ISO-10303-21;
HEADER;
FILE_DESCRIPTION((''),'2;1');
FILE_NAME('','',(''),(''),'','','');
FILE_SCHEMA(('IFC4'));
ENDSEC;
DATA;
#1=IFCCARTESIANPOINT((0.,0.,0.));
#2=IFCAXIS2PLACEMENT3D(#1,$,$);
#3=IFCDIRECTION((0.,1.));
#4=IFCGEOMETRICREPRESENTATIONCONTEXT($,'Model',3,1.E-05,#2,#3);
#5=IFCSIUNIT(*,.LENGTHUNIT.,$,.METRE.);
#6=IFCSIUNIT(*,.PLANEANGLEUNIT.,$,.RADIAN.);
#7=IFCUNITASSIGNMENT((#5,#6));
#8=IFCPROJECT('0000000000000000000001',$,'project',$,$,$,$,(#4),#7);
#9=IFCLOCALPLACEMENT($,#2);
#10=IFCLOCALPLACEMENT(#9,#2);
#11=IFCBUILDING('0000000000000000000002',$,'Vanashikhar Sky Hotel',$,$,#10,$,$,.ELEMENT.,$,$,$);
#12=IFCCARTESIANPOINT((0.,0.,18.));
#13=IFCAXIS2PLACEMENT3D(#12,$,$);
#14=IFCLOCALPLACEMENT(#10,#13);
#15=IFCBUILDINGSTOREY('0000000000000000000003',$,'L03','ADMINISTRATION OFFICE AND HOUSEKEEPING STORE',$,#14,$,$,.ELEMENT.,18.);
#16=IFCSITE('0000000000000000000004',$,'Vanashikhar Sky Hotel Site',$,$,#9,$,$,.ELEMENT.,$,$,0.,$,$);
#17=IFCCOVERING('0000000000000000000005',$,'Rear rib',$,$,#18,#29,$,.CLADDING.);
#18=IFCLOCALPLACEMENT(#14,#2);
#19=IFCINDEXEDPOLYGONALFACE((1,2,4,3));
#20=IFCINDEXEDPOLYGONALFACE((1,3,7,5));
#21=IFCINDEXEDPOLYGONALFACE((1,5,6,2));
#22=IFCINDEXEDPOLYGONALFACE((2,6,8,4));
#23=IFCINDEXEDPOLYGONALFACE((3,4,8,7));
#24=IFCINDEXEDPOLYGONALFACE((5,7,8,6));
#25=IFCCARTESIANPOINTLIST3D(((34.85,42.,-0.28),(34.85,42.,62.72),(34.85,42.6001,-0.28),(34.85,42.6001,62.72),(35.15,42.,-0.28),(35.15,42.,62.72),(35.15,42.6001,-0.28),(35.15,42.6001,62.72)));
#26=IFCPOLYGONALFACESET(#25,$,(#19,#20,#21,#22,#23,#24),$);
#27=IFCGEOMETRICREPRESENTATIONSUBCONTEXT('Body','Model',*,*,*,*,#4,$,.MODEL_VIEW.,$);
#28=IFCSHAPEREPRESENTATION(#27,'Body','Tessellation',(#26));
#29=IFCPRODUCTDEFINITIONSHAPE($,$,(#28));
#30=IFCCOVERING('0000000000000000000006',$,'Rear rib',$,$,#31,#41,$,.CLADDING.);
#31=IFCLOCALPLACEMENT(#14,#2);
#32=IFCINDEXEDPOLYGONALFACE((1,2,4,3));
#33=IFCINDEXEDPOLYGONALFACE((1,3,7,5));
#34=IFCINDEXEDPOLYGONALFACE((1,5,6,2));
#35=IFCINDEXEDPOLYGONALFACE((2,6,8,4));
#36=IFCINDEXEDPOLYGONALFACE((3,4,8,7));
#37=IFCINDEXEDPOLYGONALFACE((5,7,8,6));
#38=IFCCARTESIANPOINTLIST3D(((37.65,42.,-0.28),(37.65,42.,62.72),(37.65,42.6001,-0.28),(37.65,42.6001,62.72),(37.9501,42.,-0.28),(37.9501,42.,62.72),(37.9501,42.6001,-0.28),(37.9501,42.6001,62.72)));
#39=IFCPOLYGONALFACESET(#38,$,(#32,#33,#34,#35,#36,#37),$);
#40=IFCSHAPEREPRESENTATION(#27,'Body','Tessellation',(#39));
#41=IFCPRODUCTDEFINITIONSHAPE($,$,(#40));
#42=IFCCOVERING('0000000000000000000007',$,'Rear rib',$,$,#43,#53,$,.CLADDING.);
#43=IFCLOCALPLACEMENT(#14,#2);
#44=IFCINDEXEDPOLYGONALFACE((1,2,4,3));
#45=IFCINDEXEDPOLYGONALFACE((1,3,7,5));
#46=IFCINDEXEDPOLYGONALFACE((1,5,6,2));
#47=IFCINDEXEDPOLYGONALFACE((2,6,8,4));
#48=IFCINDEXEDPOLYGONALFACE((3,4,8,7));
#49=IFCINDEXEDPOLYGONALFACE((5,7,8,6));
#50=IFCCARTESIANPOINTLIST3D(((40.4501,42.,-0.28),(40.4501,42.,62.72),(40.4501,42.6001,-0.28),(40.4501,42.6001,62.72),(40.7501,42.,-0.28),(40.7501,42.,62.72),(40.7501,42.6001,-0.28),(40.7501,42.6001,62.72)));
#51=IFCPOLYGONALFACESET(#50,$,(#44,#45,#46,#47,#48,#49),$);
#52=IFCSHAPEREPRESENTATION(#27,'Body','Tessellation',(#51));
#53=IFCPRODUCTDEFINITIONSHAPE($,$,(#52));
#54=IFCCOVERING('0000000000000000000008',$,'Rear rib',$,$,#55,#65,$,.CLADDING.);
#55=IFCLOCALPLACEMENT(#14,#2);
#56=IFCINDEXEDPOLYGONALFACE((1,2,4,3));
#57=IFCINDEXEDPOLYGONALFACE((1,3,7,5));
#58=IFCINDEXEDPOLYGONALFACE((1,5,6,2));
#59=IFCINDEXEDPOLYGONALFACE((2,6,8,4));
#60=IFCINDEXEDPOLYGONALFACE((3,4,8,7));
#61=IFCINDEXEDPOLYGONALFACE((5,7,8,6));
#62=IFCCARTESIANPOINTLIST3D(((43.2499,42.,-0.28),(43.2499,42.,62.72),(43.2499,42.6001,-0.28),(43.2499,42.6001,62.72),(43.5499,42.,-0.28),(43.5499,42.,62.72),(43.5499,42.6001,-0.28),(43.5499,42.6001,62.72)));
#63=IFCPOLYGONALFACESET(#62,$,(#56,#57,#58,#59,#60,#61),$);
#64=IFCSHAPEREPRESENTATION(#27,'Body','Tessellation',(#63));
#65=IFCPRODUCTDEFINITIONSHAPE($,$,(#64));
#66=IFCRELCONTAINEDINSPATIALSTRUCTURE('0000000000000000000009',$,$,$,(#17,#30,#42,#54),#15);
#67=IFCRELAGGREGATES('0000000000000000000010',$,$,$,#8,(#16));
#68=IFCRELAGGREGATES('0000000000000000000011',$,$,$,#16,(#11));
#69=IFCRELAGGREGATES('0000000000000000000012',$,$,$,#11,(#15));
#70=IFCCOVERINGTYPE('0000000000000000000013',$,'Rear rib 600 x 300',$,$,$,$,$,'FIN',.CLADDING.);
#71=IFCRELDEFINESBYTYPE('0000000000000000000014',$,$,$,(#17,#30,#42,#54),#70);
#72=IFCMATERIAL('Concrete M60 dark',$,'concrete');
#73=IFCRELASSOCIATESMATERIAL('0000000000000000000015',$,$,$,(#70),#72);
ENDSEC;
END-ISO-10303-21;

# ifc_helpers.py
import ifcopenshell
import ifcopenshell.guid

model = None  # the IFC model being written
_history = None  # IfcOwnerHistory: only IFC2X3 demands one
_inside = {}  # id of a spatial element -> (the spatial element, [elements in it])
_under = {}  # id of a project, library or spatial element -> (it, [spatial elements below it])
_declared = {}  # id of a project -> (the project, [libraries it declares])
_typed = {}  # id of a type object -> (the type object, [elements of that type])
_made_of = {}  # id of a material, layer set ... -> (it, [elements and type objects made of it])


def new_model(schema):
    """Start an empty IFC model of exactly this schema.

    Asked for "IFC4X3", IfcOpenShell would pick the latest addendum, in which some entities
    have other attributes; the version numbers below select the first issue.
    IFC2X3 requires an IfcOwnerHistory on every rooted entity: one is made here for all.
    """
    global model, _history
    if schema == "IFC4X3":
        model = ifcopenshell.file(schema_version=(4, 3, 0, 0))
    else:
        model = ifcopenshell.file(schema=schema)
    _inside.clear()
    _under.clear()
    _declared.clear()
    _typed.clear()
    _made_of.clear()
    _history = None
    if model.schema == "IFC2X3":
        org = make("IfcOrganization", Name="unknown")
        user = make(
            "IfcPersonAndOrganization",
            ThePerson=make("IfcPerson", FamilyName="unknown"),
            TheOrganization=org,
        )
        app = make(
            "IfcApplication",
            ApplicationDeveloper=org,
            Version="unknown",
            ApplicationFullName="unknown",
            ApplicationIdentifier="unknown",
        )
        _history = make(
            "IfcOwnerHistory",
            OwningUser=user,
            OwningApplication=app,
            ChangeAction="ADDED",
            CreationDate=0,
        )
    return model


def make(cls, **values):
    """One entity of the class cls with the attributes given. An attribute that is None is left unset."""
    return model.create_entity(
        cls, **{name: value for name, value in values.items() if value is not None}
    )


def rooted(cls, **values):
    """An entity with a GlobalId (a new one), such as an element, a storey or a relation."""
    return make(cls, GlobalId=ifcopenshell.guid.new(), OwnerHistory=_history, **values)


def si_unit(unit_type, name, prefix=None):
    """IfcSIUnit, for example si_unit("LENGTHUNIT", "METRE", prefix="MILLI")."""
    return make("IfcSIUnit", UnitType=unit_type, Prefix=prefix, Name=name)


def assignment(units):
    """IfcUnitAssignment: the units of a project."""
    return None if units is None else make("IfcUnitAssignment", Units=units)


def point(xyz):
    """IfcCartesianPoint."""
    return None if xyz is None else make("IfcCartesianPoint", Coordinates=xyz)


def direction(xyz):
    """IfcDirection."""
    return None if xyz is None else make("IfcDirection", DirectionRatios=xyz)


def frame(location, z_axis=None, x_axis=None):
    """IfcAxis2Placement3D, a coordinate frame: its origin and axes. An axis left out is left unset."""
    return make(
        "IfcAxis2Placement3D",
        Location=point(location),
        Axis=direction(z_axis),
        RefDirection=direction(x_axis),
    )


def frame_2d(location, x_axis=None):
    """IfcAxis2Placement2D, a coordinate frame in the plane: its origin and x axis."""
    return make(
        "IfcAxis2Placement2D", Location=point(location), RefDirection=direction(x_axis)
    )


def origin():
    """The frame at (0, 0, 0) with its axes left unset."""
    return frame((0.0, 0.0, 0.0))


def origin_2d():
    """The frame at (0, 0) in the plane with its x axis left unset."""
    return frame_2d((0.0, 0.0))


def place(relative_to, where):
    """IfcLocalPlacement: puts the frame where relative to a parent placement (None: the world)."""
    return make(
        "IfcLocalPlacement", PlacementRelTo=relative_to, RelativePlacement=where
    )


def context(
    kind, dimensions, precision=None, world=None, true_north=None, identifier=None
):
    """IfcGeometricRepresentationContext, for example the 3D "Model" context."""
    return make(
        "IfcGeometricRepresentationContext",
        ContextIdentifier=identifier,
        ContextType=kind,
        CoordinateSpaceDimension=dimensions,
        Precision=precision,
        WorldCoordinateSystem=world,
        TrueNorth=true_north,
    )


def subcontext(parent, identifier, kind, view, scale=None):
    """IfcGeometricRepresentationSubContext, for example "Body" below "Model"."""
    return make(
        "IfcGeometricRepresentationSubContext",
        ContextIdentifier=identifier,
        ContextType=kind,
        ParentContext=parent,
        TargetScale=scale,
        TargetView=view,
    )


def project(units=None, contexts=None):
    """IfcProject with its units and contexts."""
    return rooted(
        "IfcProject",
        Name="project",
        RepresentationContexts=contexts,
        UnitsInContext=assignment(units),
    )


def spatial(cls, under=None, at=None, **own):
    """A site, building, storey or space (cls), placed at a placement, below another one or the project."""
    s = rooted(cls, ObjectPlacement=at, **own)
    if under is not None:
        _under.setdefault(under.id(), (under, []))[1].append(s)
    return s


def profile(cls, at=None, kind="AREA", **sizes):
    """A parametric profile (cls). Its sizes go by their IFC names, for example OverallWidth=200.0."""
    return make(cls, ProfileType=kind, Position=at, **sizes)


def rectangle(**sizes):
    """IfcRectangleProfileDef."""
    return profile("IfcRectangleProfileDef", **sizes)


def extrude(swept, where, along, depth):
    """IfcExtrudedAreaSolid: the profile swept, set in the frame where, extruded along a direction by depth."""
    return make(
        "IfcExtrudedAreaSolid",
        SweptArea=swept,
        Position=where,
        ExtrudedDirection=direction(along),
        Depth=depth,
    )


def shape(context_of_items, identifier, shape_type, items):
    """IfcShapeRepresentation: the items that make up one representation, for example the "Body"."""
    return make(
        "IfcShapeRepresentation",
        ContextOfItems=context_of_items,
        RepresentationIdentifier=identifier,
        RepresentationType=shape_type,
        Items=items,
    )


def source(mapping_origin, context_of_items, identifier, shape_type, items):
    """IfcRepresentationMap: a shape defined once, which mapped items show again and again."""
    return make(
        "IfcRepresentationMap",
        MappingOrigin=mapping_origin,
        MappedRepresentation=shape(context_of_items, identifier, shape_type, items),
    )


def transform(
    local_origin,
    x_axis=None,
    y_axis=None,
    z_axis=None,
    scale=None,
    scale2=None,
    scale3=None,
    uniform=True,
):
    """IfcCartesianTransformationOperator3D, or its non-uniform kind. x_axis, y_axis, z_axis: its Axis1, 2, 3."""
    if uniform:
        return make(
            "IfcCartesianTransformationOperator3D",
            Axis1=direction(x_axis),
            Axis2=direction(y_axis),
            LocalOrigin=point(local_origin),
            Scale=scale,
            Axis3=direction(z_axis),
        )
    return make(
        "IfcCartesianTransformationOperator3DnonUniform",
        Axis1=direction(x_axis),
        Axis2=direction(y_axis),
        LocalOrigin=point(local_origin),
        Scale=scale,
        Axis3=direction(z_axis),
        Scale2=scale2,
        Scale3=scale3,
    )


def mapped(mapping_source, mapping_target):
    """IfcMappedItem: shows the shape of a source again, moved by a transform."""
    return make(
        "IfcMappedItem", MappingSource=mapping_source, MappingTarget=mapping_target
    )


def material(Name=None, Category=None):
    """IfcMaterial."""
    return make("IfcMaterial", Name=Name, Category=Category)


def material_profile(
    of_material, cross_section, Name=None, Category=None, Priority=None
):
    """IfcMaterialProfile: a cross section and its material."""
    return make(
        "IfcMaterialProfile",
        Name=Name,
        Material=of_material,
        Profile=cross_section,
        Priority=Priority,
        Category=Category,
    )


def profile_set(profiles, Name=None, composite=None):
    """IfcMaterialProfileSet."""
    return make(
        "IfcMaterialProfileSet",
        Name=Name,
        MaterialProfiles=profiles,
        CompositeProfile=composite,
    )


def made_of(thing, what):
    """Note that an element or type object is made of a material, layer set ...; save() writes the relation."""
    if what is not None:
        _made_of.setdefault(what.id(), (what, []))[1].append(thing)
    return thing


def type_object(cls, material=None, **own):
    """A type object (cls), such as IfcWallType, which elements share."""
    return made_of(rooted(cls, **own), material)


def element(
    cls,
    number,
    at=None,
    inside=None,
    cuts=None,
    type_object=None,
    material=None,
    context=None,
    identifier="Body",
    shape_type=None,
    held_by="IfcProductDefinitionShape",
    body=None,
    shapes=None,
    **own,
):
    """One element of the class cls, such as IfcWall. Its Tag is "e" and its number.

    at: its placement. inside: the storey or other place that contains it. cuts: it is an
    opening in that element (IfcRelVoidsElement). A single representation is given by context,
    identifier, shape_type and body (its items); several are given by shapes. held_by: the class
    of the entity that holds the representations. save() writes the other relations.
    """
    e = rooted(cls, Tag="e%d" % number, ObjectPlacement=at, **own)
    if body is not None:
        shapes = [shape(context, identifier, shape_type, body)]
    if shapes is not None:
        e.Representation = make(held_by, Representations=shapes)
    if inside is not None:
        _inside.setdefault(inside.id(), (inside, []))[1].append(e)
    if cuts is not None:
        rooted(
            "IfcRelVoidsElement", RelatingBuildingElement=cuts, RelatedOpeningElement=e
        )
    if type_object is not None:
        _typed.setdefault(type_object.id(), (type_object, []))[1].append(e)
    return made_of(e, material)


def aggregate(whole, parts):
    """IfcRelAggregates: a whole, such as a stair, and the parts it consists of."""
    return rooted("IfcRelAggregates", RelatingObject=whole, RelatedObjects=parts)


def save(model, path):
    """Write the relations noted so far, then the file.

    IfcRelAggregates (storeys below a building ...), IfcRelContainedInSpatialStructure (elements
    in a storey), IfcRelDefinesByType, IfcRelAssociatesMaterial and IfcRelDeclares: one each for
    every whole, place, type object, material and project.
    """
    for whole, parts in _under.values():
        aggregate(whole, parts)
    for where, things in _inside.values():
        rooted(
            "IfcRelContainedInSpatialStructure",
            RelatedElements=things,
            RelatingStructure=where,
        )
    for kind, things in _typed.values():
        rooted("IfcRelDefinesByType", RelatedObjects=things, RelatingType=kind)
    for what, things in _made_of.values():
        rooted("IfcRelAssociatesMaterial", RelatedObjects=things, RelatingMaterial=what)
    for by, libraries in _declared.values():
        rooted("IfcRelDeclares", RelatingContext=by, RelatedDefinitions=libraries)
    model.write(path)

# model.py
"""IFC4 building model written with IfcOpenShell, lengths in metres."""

from ifc_helpers import new_model, si_unit, direction, frame, origin, origin_2d, place, context, subcontext, project, spatial, rectangle, extrude, source, transform, mapped, material, material_profile, profile_set, type_object, element, save


model = new_model("IFC4")

# Units and contexts
model_context = context("Model", 3, precision=1e-05, world=origin(), true_north=direction((0.0, 1.0)))
body_context = subcontext(model_context, "Body", "Model", "MODEL_VIEW")
ifc_project = project(units=[si_unit("LENGTHUNIT", "METRE"), si_unit("PLANEANGLEUNIT", "RADIAN")], contexts=[model_context])

# Site, building, storey
site_placement = place(None, origin())
site = spatial("IfcSite", under=ifc_project, at=site_placement, Name="Vanashikhar Sky Hotel Site", CompositionType="ELEMENT", RefElevation=0.0)
building_placement = place(site_placement, origin())
building = spatial("IfcBuilding", under=site, at=building_placement, Name="Vanashikhar Sky Hotel", CompositionType="ELEMENT")
storey_placement = place(building_placement, frame((0.0, 0.0, 18.0)))
storey = spatial("IfcBuildingStorey", under=building, at=storey_placement, Name="L03", Description="ADMINISTRATION OFFICE AND HOUSEKEEPING STORE", CompositionType="ELEMENT", Elevation=18.0)

# Coverings
ifc_material_1 = material(Name="Concrete M60 dark", Category="concrete")
ifc_material_profile = material_profile(ifc_material_1, rectangle(XDim=0.6001, YDim=0.3, at=origin_2d()))
ifc_profile_set = profile_set([ifc_material_profile], Name="Rear rib 600 x 300")
covering_type = type_object("IfcCoveringType", Name="Rear rib 600 x 300", ElementType="FIN", PredefinedType="CLADDING", material=ifc_profile_set)
shared_shape_1 = source(origin(), body_context, "Body", "SweptSolid", [
    extrude(rectangle(XDim=0.6001, YDim=0.3, at=origin_2d()), origin(), (0.0, 0.0, 1.0), 63.0),
])
for number, where, z_axis, x_axis, name in (
    (1, (35.0, 42.3, -0.28), (0.0, 0.0, 1.0), (0.0, 1.0, 0.0), "Rear rib"),
    (2, (37.8, 42.3, -0.28), (0.0, 0.0, 1.0), (0.0, 1.0, 0.0), "Rear rib"),
    (3, (40.6001, 42.3, -0.28), (0.0, 0.0, 1.0), (0.0, 1.0, 0.0), "Rear rib"),
    (4, (43.3999, 42.3, -0.28), (0.0, 0.0, 1.0), (0.0, 1.0, 0.0), "Rear rib"),
):
    element("IfcCovering", number, at=place(storey_placement, frame(where, z_axis=z_axis, x_axis=x_axis)), inside=storey, type_object=covering_type, Name=name, PredefinedType="CLADDING", context=body_context, shape_type="MappedRepresentation", body=[
        mapped(shared_shape_1, transform((0.0, 0.0, 0.0), scale=1.0)),
    ])

save(model, "model.ifc")
